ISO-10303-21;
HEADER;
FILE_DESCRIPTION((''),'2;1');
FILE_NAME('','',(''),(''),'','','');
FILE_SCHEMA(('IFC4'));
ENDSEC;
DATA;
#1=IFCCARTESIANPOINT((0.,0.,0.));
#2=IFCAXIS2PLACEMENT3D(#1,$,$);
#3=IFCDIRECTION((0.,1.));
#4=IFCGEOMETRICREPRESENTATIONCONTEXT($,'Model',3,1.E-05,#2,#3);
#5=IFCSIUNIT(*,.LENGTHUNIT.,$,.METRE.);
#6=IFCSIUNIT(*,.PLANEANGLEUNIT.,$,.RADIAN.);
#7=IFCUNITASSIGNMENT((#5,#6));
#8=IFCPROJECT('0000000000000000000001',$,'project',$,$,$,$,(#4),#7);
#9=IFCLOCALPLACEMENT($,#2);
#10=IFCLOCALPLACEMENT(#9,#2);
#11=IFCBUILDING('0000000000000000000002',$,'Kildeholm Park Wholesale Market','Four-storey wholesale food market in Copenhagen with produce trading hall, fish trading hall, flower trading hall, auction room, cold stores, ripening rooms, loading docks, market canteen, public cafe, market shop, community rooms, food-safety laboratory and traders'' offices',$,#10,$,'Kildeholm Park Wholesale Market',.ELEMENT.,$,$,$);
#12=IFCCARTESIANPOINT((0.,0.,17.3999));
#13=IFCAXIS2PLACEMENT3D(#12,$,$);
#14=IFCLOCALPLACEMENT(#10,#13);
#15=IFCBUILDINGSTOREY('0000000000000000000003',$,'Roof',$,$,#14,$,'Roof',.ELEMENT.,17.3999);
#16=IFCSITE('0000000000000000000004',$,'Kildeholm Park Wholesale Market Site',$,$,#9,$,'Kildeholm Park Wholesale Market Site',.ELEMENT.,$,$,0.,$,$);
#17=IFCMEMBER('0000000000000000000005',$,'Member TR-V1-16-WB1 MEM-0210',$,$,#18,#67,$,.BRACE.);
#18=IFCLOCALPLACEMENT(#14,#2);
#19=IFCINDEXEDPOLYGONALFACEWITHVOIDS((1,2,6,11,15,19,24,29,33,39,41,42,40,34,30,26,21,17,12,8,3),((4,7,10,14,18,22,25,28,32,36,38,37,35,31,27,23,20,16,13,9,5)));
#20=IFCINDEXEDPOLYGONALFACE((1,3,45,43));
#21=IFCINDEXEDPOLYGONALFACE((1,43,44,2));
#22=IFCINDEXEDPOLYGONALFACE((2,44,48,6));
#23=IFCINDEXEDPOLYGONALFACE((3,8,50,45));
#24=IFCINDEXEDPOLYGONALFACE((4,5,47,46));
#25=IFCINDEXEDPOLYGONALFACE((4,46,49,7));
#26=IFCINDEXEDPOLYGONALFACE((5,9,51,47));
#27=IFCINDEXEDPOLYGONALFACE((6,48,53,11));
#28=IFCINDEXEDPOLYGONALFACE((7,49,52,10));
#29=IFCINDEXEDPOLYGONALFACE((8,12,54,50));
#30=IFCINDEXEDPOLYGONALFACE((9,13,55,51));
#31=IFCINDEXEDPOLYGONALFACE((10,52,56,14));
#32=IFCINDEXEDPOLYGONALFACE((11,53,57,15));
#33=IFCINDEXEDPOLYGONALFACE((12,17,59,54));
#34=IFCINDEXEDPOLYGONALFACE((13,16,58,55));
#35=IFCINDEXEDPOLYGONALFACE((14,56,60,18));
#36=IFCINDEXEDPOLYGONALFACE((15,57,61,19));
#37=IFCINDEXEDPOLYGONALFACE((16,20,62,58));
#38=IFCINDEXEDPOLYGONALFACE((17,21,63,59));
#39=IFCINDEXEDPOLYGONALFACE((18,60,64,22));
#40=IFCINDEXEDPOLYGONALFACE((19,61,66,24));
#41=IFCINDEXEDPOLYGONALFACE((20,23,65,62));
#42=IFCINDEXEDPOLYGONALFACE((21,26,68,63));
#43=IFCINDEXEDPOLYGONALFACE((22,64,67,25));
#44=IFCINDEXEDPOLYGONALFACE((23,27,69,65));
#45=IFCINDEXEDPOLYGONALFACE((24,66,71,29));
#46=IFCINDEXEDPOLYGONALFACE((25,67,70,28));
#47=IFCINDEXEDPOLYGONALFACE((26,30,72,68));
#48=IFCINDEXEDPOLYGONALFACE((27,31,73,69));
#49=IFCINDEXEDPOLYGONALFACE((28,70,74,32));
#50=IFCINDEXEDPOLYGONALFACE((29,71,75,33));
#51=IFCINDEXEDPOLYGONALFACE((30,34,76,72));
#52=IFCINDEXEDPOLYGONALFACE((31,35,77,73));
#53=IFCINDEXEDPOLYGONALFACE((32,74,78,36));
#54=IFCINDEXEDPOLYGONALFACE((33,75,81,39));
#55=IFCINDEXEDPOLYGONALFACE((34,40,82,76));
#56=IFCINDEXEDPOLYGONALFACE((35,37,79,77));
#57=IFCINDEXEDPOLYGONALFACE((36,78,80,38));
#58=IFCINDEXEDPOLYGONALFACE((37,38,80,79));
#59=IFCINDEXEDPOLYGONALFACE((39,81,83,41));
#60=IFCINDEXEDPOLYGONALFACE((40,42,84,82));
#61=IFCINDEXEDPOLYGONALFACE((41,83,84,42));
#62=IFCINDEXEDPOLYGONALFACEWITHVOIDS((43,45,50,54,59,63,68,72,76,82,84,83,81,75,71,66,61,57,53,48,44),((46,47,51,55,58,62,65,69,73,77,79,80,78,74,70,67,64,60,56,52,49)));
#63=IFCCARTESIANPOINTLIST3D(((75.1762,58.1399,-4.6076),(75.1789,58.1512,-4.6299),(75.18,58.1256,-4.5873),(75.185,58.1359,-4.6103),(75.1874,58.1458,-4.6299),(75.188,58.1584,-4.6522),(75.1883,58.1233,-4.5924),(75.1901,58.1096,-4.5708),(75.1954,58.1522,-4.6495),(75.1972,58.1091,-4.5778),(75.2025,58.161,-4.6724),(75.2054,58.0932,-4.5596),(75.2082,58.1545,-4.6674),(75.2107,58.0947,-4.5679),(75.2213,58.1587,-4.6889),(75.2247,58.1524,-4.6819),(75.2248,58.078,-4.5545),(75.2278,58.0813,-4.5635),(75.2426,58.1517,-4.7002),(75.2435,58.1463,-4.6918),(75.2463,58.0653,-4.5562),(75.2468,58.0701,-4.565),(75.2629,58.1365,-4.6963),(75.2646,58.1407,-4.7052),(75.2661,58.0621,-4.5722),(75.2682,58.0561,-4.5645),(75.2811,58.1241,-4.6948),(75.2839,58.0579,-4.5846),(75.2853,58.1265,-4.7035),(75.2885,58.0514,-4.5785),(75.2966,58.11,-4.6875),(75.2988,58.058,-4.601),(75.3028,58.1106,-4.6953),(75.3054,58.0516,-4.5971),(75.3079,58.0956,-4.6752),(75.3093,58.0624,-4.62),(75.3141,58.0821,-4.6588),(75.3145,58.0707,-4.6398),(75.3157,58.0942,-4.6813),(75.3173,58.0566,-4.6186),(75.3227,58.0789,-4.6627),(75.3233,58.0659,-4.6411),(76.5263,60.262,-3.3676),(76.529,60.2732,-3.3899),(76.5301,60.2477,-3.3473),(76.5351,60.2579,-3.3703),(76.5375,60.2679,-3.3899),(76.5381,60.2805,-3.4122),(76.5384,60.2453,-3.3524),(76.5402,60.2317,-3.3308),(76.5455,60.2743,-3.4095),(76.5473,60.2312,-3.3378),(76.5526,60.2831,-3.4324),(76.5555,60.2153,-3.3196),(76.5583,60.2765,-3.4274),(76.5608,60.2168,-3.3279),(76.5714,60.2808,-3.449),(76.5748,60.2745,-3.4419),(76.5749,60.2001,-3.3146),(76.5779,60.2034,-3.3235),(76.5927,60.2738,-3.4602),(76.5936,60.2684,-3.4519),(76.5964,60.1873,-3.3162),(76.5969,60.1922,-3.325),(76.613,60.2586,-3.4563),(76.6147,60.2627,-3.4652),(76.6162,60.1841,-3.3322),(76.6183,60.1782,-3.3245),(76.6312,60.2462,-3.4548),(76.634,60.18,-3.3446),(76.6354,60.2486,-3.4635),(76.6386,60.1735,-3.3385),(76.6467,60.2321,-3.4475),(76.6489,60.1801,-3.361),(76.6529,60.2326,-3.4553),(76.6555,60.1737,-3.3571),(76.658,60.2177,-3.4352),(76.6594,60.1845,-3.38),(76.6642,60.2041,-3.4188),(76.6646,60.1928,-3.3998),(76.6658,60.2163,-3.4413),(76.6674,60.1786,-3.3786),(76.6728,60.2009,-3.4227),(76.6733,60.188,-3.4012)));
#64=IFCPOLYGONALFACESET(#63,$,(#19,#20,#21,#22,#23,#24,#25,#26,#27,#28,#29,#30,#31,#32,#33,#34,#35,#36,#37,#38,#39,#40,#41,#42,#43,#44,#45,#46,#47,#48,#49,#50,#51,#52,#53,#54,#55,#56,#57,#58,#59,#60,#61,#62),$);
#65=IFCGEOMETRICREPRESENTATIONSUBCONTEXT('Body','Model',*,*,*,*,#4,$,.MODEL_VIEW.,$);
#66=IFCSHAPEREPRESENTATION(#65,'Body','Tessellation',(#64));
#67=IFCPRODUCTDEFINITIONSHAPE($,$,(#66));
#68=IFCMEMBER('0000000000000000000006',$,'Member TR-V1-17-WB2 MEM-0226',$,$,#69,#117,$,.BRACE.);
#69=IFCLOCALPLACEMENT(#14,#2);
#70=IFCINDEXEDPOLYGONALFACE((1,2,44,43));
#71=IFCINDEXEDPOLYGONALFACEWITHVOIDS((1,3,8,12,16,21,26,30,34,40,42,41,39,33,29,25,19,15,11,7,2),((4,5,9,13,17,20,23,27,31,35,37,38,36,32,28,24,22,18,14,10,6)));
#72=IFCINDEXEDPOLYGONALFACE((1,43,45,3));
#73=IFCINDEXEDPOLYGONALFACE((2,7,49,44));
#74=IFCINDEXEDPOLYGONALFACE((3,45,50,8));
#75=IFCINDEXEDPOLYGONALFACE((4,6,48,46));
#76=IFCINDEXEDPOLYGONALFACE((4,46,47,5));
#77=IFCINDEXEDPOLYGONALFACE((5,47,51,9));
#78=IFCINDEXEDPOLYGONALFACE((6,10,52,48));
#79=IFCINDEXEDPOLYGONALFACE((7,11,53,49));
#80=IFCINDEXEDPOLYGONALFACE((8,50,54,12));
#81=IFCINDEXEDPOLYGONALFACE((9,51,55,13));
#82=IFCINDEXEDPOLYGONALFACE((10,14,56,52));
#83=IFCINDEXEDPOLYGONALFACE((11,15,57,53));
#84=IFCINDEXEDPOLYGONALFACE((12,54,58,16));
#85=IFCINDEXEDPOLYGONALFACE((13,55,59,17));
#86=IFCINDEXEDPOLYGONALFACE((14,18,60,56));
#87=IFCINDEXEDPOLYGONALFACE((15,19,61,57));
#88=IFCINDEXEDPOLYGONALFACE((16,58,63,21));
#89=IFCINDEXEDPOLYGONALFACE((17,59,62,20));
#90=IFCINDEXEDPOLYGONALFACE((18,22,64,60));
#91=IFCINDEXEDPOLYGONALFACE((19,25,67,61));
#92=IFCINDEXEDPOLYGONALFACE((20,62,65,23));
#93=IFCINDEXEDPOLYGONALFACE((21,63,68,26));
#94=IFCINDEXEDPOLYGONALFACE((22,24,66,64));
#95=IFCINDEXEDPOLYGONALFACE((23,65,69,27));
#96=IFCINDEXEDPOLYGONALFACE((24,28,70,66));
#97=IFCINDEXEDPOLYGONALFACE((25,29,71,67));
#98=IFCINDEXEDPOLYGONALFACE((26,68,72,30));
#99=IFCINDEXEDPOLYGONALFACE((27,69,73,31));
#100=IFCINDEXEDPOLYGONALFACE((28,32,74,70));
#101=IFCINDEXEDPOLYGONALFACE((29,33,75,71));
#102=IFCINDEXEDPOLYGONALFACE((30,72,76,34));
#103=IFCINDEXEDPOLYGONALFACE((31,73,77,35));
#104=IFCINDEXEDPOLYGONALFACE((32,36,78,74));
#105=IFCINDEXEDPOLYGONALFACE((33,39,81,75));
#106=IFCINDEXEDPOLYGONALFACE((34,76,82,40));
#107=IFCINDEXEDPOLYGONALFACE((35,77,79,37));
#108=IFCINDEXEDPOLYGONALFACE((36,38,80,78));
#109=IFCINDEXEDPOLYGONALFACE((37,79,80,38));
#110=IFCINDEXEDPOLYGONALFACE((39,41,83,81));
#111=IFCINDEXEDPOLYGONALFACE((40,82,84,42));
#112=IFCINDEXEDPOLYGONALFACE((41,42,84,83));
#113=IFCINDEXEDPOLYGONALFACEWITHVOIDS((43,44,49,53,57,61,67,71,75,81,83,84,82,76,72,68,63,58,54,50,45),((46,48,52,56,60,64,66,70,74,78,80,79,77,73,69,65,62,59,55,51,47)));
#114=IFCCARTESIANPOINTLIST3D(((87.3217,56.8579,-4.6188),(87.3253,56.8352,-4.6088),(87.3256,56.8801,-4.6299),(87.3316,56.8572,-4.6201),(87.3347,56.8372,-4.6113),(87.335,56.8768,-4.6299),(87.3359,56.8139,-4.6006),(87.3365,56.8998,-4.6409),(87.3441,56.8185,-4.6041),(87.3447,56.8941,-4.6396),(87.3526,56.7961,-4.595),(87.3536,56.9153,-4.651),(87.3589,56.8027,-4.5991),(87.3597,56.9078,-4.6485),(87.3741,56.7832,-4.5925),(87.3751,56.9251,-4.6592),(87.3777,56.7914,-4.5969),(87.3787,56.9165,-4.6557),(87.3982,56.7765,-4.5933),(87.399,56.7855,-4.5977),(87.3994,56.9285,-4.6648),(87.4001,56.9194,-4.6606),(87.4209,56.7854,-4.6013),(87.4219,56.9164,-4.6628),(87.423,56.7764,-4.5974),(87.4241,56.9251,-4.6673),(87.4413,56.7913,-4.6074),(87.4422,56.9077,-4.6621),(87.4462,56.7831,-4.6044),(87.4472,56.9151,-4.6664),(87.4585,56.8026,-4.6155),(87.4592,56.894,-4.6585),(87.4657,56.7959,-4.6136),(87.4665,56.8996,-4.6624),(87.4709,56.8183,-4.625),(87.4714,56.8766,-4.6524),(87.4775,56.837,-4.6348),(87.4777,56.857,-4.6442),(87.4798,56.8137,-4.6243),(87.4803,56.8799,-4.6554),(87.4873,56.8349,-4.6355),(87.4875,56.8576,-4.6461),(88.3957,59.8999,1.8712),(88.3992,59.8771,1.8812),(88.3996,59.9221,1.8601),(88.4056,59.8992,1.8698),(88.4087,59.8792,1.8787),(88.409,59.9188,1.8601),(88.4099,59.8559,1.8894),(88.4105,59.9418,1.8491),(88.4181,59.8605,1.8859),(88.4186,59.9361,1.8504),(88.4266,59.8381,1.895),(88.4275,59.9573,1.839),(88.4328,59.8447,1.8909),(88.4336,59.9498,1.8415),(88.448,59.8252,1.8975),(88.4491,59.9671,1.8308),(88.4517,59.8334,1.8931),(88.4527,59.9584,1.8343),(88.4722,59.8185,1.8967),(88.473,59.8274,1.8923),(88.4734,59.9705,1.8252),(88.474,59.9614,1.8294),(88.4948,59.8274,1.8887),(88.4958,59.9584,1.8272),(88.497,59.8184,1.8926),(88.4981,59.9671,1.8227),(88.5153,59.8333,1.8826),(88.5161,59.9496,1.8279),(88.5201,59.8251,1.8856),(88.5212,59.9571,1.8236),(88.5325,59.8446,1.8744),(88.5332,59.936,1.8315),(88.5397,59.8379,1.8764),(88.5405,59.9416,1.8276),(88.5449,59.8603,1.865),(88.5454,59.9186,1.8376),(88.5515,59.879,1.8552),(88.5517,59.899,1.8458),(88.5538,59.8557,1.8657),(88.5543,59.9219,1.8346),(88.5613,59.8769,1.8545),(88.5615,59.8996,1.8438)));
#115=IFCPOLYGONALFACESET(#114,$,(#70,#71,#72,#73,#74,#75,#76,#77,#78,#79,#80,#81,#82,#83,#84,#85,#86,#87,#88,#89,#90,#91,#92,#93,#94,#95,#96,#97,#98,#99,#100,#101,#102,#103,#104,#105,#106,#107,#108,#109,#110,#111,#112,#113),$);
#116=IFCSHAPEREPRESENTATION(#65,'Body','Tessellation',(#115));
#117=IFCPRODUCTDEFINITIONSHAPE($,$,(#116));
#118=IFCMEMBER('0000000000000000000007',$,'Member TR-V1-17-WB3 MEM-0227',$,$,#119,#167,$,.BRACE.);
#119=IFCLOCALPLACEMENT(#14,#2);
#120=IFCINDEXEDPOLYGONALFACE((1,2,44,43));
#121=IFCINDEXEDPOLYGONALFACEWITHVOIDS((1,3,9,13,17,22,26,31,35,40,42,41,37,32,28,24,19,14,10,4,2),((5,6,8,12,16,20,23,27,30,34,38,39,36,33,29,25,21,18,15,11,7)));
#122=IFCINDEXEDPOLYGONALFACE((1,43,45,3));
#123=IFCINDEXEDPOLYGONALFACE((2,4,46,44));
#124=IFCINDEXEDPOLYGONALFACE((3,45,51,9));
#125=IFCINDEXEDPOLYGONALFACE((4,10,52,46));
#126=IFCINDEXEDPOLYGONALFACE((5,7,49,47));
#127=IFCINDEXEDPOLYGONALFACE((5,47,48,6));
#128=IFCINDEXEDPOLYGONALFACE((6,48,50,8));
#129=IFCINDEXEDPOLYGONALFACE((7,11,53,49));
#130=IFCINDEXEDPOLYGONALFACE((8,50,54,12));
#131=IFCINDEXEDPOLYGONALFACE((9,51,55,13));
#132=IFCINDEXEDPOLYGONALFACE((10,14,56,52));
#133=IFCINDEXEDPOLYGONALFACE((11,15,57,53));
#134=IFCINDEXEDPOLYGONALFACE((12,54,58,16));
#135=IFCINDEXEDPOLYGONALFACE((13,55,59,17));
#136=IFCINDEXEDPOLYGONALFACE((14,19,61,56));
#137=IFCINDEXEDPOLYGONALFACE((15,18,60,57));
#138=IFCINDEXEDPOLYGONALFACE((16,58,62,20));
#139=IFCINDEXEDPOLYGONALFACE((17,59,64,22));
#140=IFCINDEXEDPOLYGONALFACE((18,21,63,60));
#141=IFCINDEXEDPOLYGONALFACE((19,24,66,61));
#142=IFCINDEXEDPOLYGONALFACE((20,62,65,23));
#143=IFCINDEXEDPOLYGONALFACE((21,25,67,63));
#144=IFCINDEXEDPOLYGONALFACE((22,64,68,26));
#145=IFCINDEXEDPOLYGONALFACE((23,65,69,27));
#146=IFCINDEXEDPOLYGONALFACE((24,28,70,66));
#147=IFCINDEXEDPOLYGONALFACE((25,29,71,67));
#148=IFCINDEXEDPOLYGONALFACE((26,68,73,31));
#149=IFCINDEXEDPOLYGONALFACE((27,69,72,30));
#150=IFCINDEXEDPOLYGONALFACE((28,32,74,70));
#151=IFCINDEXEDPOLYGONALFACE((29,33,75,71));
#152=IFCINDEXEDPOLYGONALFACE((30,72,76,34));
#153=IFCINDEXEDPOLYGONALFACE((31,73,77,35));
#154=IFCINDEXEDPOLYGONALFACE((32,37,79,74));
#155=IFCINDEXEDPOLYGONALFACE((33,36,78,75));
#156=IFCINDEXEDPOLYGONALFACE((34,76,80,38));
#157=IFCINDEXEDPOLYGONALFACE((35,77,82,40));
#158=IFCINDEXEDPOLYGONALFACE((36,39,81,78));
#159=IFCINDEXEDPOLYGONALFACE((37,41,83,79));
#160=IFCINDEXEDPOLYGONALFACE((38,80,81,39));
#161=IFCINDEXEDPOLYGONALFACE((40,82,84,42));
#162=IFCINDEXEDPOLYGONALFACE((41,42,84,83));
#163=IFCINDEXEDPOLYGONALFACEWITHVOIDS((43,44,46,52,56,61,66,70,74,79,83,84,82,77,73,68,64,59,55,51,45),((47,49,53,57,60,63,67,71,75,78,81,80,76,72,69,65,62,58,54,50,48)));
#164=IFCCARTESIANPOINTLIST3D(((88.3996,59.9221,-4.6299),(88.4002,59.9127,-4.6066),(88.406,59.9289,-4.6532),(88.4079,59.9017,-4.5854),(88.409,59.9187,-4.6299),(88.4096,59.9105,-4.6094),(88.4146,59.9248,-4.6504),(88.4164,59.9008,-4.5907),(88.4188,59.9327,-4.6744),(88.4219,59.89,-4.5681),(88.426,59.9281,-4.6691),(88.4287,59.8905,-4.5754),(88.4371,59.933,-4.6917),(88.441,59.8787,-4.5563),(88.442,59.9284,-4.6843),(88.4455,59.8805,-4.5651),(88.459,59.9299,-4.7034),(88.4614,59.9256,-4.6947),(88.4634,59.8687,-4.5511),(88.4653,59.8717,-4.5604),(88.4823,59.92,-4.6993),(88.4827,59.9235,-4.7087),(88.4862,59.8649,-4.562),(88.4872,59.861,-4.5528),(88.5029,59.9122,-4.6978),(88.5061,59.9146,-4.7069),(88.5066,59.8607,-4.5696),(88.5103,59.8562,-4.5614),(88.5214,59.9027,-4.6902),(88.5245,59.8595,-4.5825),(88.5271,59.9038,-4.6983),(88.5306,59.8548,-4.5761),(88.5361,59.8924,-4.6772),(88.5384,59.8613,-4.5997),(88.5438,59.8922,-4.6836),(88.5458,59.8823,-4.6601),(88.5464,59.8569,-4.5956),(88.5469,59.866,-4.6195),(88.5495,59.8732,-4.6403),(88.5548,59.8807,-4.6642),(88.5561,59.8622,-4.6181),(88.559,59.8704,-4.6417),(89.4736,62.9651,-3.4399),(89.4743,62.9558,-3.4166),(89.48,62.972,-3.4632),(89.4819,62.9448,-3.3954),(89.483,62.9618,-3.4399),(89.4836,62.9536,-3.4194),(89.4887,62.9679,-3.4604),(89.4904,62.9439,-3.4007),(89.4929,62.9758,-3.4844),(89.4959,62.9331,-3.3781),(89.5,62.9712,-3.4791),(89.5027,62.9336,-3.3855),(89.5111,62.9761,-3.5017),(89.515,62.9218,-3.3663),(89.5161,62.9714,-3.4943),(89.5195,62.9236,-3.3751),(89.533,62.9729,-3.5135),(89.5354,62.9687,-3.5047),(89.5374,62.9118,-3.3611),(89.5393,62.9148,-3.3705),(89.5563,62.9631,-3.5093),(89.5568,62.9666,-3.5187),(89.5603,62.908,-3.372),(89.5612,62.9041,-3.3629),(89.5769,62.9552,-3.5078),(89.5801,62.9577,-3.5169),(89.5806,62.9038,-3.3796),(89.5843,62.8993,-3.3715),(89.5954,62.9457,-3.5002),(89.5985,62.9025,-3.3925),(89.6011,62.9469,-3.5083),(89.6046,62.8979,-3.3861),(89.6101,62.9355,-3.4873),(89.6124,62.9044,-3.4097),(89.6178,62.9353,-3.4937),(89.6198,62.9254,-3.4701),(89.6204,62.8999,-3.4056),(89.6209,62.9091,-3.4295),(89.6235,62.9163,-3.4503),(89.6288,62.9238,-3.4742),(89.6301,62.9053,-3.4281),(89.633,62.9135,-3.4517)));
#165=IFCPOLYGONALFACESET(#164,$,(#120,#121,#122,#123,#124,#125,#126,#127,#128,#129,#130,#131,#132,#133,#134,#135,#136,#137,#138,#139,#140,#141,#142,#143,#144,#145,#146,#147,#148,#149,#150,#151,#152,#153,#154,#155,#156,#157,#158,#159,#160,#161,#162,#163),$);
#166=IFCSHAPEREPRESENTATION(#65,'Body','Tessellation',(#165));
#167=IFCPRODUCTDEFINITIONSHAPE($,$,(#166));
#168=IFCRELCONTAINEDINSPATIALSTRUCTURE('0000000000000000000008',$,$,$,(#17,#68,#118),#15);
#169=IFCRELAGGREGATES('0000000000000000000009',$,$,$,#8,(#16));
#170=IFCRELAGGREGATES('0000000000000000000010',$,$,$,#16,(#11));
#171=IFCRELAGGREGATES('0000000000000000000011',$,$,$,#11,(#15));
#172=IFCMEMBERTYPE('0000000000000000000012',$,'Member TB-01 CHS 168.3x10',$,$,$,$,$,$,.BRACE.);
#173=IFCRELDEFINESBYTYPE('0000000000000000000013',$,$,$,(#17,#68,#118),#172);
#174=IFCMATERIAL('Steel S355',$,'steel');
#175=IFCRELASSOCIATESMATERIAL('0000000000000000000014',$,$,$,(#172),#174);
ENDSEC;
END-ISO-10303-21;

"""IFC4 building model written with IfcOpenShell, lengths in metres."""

from ifc_helpers import new_model, si_unit, direction, frame, origin, origin_2d, place, context, subcontext, project, spatial, hollow_circle, extrude, material, material_profile, profile_set, type_object, element, save


model = new_model("IFC4")

# Units and contexts
model_context = context("Model", 3, precision=1e-05, world=origin(), true_north=direction((0.0, 1.0)))
body_context = subcontext(model_context, "Body", "Model", "MODEL_VIEW")
ifc_project = project(units=[si_unit("LENGTHUNIT", "METRE"), si_unit("PLANEANGLEUNIT", "RADIAN")], contexts=[model_context])

# Site, building, storey
site_placement = place(None, origin())
site = spatial("IfcSite", under=ifc_project, at=site_placement, Name="Kildeholm Park Wholesale Market Site", LongName="Kildeholm Park Wholesale Market Site", CompositionType="ELEMENT", RefElevation=0.0)
building_placement = place(site_placement, origin())
building = spatial("IfcBuilding", under=site, at=building_placement, Name="Kildeholm Park Wholesale Market", Description="Four-storey wholesale food market in Copenhagen with produce trading hall, fish trading hall, flower trading hall, auction room, cold stores, ripening rooms, loading docks, market canteen, public cafe, market shop, community rooms, food-safety laboratory and traders' offices", LongName="Kildeholm Park Wholesale Market", CompositionType="ELEMENT")
storey_placement = place(building_placement, frame((0.0, 0.0, 17.3999)))
storey = spatial("IfcBuildingStorey", under=building, at=storey_placement, Name="Roof", LongName="Roof", CompositionType="ELEMENT", Elevation=17.3999)

# Members
ifc_material_1 = material(Name="Steel S355", Category="steel")
ifc_material_profile_1 = material_profile(ifc_material_1, hollow_circle(Radius=0.0842, WallThickness=0.01, at=origin_2d()), Name="CHS 168.3x10")
ifc_profile_set_1 = profile_set([ifc_material_profile_1], Name="Steel S355")
member_type_1 = type_object("IfcMemberType", Name="Member TB-01 CHS 168.3x10", PredefinedType="BRACE", material=ifc_profile_set_1)
member_1_placement = place(storey_placement, frame((75.25, 58.106, -4.6299), z_axis=(0.481456, 0.756748, 0.442191), x_axis=(-0.843717, 0.536788, 0.0)))
element("IfcMember", 1, at=member_1_placement, inside=storey, type_object=member_type_1, Name="Member TR-V1-16-WB1 MEM-0210", PredefinedType="BRACE", context=body_context, shape_type="SweptSolid", body=[
    extrude(hollow_circle(Radius=0.0842, WallThickness=0.01, at=origin_2d()), origin(), (0.0, 0.0, 1.0), 2.8042),
])
member_2_placement = place(storey_placement, frame((87.405, 56.8521, -4.6299), z_axis=(0.148184, 0.419726, 0.895473), x_axis=(-0.942958, 0.332911, 0.0)))
element("IfcMember", 2, at=member_2_placement, inside=storey, type_object=member_type_1, Name="Member TR-V1-17-WB2 MEM-0226", PredefinedType="BRACE", context=body_context, shape_type="SweptSolid", body=[
    extrude(hollow_circle(Radius=0.0842, WallThickness=0.01, at=origin_2d()), origin(), (0.0, 0.0, 1.0), 7.2476),
])
member_3_placement = place(storey_placement, frame((88.479, 59.894, -4.6299), z_axis=(0.312262, 0.884754, 0.34598), x_axis=(-0.942992, 0.332816, 0.0)))
element("IfcMember", 3, at=member_3_placement, inside=storey, type_object=member_type_1, Name="Member TR-V1-17-WB3 MEM-0227", PredefinedType="BRACE", context=body_context, shape_type="SweptSolid", body=[
    extrude(hollow_circle(Radius=0.0842, WallThickness=0.01, at=origin_2d()), origin(), (0.0, 0.0, 1.0), 3.4395),
])

save(model, "model.ifc")
